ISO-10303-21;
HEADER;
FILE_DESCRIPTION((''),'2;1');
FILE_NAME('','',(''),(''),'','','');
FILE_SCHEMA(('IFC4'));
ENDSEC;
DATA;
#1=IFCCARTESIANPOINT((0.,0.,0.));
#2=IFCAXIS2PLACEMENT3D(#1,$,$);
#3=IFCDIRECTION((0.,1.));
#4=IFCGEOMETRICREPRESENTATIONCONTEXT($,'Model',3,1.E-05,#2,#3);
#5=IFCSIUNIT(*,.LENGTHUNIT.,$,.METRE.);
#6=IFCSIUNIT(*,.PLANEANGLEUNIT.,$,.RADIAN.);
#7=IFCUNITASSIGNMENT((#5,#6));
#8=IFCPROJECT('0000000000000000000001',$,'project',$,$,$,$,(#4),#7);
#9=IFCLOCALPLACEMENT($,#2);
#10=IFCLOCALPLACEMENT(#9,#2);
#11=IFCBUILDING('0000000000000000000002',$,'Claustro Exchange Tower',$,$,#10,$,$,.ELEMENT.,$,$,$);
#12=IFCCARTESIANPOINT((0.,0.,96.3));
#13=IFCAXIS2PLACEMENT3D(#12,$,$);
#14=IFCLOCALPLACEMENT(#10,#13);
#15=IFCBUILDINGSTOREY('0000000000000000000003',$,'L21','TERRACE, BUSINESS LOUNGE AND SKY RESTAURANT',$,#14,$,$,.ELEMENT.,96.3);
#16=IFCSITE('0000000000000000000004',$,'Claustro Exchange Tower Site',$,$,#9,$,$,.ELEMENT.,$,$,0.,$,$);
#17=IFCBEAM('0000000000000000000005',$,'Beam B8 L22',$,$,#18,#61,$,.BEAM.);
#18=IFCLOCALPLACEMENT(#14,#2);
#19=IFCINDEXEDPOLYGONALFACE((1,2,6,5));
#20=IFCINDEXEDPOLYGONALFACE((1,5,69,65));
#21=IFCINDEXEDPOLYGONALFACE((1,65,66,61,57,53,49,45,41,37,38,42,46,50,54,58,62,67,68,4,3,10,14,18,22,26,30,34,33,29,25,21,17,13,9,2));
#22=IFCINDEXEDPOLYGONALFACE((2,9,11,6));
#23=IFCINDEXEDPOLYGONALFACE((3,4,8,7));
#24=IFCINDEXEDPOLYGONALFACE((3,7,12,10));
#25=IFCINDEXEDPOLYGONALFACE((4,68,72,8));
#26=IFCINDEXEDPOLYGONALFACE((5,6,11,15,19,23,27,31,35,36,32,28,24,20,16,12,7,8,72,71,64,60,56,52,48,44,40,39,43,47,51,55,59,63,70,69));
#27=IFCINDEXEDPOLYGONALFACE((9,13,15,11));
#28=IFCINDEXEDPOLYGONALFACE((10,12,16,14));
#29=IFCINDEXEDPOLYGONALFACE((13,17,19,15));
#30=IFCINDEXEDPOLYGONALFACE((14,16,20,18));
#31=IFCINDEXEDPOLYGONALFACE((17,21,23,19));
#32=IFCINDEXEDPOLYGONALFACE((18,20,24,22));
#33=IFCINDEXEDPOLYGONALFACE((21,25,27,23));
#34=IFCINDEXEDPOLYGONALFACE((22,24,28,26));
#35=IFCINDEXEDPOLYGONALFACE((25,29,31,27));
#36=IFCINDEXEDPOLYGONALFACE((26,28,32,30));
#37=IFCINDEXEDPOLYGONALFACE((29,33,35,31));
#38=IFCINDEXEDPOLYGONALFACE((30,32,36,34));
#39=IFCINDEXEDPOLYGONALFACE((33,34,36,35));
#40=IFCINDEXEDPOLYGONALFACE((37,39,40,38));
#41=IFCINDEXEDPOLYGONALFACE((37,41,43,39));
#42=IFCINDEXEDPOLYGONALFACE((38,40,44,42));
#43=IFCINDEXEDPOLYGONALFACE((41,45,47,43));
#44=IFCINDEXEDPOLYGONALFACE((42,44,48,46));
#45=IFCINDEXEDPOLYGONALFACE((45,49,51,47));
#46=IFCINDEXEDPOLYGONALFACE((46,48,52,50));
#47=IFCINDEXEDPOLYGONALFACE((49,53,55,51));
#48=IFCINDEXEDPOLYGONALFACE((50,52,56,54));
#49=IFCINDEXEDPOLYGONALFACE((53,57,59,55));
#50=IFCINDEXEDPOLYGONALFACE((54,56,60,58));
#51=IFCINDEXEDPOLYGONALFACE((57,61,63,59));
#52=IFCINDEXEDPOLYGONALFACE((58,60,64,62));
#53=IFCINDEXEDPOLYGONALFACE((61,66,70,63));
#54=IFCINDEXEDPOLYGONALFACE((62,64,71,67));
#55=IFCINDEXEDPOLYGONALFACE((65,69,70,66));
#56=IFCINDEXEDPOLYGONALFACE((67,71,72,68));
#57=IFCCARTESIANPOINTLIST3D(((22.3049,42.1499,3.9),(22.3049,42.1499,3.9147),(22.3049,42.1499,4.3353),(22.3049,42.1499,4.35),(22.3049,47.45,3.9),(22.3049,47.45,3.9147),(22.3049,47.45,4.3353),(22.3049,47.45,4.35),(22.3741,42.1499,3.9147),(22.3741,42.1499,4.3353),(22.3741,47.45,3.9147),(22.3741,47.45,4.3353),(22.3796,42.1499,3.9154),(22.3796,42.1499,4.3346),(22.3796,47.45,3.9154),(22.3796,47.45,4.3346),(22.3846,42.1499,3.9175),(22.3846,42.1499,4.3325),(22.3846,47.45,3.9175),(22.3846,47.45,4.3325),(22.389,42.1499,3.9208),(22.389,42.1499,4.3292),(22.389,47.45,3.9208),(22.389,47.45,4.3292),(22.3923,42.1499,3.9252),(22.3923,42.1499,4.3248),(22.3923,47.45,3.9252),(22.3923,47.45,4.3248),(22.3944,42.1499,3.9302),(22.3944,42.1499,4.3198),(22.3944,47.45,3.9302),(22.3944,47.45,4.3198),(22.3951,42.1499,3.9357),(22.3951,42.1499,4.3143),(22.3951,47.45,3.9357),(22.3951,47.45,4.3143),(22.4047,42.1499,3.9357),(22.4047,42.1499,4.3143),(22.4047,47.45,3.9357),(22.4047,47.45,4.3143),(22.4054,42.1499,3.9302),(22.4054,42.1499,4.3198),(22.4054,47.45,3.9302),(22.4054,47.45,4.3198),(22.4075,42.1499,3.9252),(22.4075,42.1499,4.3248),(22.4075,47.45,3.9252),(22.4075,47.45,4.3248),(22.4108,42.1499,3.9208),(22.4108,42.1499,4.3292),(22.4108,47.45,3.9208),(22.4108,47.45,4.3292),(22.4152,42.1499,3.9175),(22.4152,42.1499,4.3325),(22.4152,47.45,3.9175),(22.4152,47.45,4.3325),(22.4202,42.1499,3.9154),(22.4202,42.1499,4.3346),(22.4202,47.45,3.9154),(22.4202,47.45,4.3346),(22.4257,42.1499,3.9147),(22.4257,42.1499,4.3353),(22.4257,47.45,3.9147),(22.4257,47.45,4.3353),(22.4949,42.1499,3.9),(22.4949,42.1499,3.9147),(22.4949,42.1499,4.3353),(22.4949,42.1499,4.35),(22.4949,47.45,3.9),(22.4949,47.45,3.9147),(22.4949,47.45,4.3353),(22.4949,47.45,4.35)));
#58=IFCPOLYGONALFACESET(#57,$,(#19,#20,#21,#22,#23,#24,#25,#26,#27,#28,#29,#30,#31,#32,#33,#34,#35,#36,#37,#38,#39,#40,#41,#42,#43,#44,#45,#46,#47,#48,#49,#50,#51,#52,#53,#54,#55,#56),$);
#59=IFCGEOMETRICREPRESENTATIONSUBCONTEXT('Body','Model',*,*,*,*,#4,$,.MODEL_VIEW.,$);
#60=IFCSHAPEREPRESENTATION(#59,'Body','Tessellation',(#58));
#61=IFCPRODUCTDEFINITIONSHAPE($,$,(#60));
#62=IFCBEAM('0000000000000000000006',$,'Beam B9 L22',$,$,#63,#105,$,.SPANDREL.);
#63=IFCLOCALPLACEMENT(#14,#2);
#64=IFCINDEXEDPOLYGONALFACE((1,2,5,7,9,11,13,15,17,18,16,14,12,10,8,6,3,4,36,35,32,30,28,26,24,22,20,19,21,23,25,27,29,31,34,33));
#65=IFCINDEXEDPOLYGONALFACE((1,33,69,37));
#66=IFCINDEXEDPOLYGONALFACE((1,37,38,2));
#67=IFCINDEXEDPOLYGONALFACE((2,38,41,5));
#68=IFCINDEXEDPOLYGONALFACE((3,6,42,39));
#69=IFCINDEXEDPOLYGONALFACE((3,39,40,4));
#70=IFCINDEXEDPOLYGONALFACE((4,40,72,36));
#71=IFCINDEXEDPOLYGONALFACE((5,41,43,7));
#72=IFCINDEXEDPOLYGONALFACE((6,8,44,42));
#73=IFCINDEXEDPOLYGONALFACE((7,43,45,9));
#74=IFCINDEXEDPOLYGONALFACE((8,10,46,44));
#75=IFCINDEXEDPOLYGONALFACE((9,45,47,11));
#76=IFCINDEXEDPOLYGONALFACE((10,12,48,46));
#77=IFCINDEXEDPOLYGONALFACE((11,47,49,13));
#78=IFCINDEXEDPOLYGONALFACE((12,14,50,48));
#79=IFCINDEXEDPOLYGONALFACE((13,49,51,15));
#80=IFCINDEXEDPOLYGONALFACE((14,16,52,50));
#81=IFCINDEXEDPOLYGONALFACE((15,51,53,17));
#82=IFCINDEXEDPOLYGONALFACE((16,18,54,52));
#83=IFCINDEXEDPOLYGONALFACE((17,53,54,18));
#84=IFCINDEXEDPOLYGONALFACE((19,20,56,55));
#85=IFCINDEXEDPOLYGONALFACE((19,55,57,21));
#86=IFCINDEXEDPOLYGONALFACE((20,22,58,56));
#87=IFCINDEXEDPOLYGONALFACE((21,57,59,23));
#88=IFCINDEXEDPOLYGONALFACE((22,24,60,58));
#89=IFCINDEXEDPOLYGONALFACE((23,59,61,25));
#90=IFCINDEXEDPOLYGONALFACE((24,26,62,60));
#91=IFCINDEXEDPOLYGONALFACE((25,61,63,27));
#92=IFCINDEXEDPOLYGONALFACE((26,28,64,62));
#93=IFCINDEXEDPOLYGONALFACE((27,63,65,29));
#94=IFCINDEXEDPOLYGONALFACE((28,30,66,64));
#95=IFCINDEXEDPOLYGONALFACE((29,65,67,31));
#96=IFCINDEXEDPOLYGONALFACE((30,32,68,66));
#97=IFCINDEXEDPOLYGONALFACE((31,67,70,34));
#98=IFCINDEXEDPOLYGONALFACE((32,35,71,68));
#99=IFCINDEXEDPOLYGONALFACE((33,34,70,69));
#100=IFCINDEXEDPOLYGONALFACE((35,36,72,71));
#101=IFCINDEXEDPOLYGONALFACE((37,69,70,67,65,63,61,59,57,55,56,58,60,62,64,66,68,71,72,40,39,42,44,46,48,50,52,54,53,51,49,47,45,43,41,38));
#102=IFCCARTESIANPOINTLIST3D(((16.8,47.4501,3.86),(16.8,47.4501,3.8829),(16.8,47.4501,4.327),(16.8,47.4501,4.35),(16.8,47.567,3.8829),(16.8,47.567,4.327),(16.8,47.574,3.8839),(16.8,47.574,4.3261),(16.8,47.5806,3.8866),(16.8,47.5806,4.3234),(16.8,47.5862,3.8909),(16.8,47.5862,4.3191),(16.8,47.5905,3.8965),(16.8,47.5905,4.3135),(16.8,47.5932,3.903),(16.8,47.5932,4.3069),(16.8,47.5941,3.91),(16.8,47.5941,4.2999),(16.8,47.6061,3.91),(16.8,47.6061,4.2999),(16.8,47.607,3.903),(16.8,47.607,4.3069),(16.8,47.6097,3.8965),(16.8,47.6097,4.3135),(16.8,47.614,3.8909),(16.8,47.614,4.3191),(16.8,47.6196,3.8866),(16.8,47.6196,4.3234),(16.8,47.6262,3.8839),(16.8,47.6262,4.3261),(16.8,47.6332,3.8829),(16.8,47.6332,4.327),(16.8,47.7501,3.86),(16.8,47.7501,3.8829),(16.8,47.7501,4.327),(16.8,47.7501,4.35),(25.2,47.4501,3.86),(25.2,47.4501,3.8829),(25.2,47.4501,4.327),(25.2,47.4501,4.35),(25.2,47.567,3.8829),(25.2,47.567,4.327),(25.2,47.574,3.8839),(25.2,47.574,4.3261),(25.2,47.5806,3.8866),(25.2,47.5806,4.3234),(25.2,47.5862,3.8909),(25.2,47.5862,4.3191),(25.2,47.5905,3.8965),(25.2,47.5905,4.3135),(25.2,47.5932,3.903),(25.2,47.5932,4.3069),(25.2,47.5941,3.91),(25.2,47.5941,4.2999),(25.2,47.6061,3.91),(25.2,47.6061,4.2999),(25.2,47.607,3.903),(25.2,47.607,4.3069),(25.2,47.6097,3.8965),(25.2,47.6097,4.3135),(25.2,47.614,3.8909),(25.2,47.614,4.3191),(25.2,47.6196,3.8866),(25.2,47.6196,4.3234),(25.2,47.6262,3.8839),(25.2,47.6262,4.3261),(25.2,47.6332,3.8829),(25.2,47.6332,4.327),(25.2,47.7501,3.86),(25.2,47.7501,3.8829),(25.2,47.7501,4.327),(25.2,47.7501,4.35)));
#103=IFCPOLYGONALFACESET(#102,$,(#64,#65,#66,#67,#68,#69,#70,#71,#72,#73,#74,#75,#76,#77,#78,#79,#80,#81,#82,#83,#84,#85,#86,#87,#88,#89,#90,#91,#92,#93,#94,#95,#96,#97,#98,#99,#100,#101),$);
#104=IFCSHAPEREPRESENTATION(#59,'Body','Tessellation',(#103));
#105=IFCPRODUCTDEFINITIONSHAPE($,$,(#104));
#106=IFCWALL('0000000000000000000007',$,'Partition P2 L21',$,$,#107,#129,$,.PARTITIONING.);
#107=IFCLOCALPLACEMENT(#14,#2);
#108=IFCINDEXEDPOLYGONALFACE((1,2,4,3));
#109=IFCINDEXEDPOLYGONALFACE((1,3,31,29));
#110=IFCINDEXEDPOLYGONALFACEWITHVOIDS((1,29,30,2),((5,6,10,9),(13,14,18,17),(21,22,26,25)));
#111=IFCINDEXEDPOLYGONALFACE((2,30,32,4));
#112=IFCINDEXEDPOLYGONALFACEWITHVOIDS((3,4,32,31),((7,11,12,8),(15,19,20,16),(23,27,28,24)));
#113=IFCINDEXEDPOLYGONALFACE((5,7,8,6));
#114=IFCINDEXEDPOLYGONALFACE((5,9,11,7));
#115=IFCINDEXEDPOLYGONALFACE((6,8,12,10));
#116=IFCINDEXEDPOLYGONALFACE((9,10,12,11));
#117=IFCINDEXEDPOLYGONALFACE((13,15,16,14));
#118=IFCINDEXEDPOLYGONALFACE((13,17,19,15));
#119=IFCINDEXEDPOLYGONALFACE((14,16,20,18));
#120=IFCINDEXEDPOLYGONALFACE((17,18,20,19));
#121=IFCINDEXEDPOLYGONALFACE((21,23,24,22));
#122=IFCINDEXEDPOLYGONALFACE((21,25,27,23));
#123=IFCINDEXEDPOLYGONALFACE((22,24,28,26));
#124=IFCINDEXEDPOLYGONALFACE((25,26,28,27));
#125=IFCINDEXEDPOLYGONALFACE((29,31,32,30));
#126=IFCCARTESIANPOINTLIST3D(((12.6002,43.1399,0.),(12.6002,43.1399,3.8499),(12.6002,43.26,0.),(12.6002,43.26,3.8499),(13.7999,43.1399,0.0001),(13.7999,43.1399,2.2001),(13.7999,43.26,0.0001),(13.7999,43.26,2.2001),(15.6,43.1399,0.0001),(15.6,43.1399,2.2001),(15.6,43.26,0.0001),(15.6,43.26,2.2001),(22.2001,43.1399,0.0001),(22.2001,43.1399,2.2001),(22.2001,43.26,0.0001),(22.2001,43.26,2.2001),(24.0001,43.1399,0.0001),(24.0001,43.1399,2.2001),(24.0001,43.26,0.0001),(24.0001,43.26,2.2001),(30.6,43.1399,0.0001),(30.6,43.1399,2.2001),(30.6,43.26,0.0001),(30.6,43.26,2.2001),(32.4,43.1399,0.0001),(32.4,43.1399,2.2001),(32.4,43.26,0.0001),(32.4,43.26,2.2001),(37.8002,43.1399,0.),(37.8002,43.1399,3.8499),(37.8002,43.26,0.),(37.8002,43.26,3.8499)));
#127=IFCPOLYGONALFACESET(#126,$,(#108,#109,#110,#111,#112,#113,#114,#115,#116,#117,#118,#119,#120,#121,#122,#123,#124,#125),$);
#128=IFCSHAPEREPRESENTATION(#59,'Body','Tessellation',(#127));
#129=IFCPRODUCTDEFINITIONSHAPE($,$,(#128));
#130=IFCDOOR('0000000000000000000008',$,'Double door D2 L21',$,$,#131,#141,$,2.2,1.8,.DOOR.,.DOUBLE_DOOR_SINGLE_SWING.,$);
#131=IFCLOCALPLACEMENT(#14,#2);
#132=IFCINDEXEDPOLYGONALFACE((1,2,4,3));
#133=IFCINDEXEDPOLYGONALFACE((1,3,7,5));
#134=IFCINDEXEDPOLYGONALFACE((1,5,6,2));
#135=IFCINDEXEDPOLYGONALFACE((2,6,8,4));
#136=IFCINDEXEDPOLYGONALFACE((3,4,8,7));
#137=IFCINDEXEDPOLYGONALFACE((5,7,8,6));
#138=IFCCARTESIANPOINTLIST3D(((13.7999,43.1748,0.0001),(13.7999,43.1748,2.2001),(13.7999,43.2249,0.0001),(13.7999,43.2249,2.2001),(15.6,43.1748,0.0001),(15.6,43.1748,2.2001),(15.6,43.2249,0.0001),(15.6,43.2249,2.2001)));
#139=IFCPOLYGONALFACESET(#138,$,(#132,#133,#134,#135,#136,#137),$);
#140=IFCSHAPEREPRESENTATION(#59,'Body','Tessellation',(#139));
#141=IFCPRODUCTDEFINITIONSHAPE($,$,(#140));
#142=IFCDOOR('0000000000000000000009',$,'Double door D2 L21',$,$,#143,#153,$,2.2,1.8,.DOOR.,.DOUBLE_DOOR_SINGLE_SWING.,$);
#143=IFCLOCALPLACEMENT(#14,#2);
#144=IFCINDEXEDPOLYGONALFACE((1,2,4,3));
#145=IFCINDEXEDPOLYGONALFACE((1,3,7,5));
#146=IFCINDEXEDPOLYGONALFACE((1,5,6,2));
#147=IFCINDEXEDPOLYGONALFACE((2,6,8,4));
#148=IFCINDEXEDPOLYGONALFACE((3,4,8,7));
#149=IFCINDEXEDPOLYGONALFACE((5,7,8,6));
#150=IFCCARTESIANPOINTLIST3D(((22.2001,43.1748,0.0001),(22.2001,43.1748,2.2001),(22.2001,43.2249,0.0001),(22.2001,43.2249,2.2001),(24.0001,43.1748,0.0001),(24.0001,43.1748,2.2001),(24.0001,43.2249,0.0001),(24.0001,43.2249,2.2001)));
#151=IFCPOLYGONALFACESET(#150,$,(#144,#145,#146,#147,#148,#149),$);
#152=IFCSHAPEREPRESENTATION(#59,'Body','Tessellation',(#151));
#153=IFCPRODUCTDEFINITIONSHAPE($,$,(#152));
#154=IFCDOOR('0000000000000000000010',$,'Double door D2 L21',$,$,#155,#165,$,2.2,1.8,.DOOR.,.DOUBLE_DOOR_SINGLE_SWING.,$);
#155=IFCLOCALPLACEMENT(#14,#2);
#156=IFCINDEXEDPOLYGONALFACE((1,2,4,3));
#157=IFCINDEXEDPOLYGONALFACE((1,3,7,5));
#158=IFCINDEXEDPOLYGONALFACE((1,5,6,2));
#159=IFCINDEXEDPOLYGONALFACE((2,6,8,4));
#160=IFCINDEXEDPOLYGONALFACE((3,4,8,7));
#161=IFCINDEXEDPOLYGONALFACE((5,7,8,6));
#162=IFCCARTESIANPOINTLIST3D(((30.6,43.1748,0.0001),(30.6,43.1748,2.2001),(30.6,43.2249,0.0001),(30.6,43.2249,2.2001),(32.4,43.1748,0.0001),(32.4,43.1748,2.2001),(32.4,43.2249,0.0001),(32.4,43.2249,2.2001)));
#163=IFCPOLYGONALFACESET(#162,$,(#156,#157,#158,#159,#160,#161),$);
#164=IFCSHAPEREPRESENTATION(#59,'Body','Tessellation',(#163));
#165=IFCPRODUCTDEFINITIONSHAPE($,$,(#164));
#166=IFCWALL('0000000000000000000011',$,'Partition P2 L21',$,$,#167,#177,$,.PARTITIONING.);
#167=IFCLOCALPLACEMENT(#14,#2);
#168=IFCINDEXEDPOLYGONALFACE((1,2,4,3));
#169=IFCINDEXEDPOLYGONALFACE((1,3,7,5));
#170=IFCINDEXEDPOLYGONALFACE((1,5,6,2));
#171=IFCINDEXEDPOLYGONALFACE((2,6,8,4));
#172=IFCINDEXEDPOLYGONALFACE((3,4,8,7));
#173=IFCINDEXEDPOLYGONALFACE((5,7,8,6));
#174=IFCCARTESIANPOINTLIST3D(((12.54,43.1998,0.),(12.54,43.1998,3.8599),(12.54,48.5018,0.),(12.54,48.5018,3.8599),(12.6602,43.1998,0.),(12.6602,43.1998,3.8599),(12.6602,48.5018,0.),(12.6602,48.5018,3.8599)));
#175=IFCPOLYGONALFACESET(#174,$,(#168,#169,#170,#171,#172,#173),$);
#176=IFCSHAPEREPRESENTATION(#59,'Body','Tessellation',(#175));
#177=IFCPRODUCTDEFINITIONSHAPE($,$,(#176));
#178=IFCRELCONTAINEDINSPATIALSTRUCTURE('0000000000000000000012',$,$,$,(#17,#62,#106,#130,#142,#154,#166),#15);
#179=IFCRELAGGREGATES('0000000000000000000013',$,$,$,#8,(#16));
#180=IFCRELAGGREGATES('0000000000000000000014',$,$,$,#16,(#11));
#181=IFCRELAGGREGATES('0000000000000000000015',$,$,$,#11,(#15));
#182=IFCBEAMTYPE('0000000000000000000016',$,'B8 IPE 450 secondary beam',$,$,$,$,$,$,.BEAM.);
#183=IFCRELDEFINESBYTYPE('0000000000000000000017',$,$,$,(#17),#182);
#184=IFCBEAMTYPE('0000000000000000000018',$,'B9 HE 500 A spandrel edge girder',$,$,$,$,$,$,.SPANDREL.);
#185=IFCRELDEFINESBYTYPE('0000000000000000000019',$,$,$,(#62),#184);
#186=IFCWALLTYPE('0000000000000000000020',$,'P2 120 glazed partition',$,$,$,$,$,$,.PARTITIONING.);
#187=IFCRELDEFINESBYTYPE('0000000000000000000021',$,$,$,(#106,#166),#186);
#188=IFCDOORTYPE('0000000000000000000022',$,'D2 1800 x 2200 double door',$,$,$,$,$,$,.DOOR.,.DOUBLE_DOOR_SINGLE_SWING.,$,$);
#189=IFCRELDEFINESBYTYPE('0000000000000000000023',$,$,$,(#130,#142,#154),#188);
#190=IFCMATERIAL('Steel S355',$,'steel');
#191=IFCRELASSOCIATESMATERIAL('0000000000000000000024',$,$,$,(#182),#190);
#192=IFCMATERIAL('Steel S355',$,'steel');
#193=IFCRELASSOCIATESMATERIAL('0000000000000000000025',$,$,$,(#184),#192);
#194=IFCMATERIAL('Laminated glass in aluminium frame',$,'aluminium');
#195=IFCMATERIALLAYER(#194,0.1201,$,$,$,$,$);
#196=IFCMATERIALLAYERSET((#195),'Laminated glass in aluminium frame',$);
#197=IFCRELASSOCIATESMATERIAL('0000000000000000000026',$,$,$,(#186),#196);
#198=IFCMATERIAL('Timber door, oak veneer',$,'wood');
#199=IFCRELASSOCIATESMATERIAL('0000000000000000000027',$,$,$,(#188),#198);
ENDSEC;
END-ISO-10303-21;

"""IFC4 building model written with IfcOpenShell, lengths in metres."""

from ifc_helpers import new_model, si_unit, direction, frame, frame_2d, origin, origin_2d, place, context, subcontext, project, spatial, rectangle, i_section, extrude, material, layer, layer_set, material_profile, profile_set, type_object, element, fill, save


model = new_model("IFC4")

# Units and contexts
model_context = context("Model", 3, precision=1e-05, world=origin(), true_north=direction((0.0, 1.0)))
body_context = subcontext(model_context, "Body", "Model", "MODEL_VIEW")
ifc_project = project(units=[si_unit("LENGTHUNIT", "METRE"), si_unit("PLANEANGLEUNIT", "RADIAN")], contexts=[model_context])

# Site, building, storey
site_placement = place(None, origin())
site = spatial("IfcSite", under=ifc_project, at=site_placement, Name="Claustro Exchange Tower Site", CompositionType="ELEMENT", RefElevation=0.0)
building_placement = place(site_placement, origin())
building = spatial("IfcBuilding", under=site, at=building_placement, Name="Claustro Exchange Tower", CompositionType="ELEMENT")
storey_placement = place(building_placement, frame((0.0, 0.0, 96.3)))
storey = spatial("IfcBuildingStorey", under=building, at=storey_placement, Name="L21", Description="TERRACE, BUSINESS LOUNGE AND SKY RESTAURANT", CompositionType="ELEMENT", Elevation=96.3)

# Beams
ifc_material_1 = material(Name="Steel S355", Category="steel")
ifc_material_profile_1 = material_profile(ifc_material_1, i_section(OverallWidth=0.1899, OverallDepth=0.45, WebThickness=0.0095, FlangeThickness=0.0146, FilletRadius=0.021, at=origin_2d()), Name="IPE 450")
ifc_profile_set_1 = profile_set([ifc_material_profile_1], Name="Steel S355")
beam_type_1 = type_object("IfcBeamType", Name="B8 IPE 450 secondary beam", PredefinedType="BEAM", material=ifc_profile_set_1)
for number, where, z_axis, x_axis, name in (
    (1, (22.3999, 42.1499, 4.125), (0.0, 1.0, 0.0), (-1.0, 0.0, 0.0), "Beam B8 L22"),
):
    element("IfcBeam", number, at=place(storey_placement, frame(where, z_axis=z_axis, x_axis=x_axis)), inside=storey, type_object=beam_type_1, Name=name, PredefinedType="BEAM", context=body_context, shape_type="SweptSolid", body=[
        extrude(i_section(OverallWidth=0.1899, OverallDepth=0.45, WebThickness=0.0095, FlangeThickness=0.0146, FilletRadius=0.021, at=origin_2d()), origin(), (0.0, 0.0, 1.0), 5.3),
    ])
ifc_material_2 = material(Name="Steel S355", Category="steel")
ifc_material_profile_2 = material_profile(ifc_material_2, i_section(OverallWidth=0.3, OverallDepth=0.49, WebThickness=0.012, FlangeThickness=0.0229, FilletRadius=0.0271, at=origin_2d()), Name="HE 500 A")
ifc_profile_set_2 = profile_set([ifc_material_profile_2], Name="Steel S355")
beam_type_2 = type_object("IfcBeamType", Name="B9 HE 500 A spandrel edge girder", PredefinedType="SPANDREL", material=ifc_profile_set_2)
beam_1_placement = place(storey_placement, frame((16.8, 47.6001, 4.105), z_axis=(1.0, 0.0, 0.0), x_axis=(0.0, 1.0, 0.0)))
element("IfcBeam", 2, at=beam_1_placement, inside=storey, type_object=beam_type_2, Name="Beam B9 L22", PredefinedType="SPANDREL", context=body_context, shape_type="SweptSolid", body=[
    extrude(i_section(OverallWidth=0.3, OverallDepth=0.49, WebThickness=0.012, FlangeThickness=0.0229, FilletRadius=0.0271, at=origin_2d()), origin(), (0.0, 0.0, 1.0), 8.3999),
])

# Wall, openings, doors
ifc_material_3 = material(Name="Laminated glass in aluminium frame", Category="aluminium")
ifc_layer_1 = layer(ifc_material_3, 0.1201)
ifc_layer_set_1 = layer_set([ifc_layer_1], Name="Laminated glass in aluminium frame")
wall_type_1 = type_object("IfcWallType", Name="P2 120 glazed partition", PredefinedType="PARTITIONING", material=ifc_layer_set_1)
wall_1_placement = place(storey_placement, frame((12.6001, 43.2, 0.0), z_axis=(0.0, 0.0, 1.0), x_axis=(1.0, 0.0, 0.0)))
wall_1 = element("IfcWall", 3, at=wall_1_placement, inside=storey, type_object=wall_type_1, Name="Partition P2 L21", PredefinedType="PARTITIONING", context=body_context, shape_type="SweptSolid", body=[
    extrude(rectangle(XDim=25.2, YDim=0.1201, at=frame_2d((12.6001, 0.0))), origin(), (0.0, 0.0, 1.0), 3.8499),
])
opening_1_placement = place(wall_1_placement, frame((1.2, 0.0, 0.0)))
opening_1 = element("IfcOpeningElement", 4, at=opening_1_placement, cuts=wall_1, PredefinedType="OPENING", context=body_context, shape_type="SweptSolid", body=[
    extrude(rectangle(XDim=1.8, YDim=2.2, at=frame_2d((0.8999, 1.1001))), frame((0.0, 0.0701, 0.0), z_axis=(0.0, -1.0, 0.0), x_axis=(1.0, 0.0, 0.0)), (0.0, 0.0, 1.0), 0.1401),
])
opening_2_placement = place(wall_1_placement, frame((9.6001, 0.0, 0.0)))
opening_2 = element("IfcOpeningElement", 5, at=opening_2_placement, cuts=wall_1, PredefinedType="OPENING", context=body_context, shape_type="SweptSolid", body=[
    extrude(rectangle(XDim=1.8, YDim=2.2, at=frame_2d((0.8999, 1.1001))), frame((0.0, 0.0701, 0.0), z_axis=(0.0, -1.0, 0.0), x_axis=(1.0, 0.0, 0.0)), (0.0, 0.0, 1.0), 0.1401),
])
opening_3_placement = place(wall_1_placement, frame((18.0, 0.0, 0.0)))
opening_3 = element("IfcOpeningElement", 6, at=opening_3_placement, cuts=wall_1, PredefinedType="OPENING", context=body_context, shape_type="SweptSolid", body=[
    extrude(rectangle(XDim=1.8, YDim=2.2, at=frame_2d((0.8999, 1.1001))), frame((0.0, 0.0701, 0.0), z_axis=(0.0, -1.0, 0.0), x_axis=(1.0, 0.0, 0.0)), (0.0, 0.0, 1.0), 0.1401),
])
ifc_material_4 = material(Name="Timber door, oak veneer", Category="wood")
door_type_1 = type_object("IfcDoorType", Name="D2 1800 x 2200 double door", OperationType="DOUBLE_DOOR_SINGLE_SWING", PredefinedType="DOOR", material=ifc_material_4)
door_1_placement = place(opening_1_placement, origin())
door_1 = element("IfcDoor", 7, at=door_1_placement, inside=storey, type_object=door_type_1, Name="Double door D2 L21", OperationType="DOUBLE_DOOR_SINGLE_SWING", OverallHeight=2.2, OverallWidth=1.8, PredefinedType="DOOR", context=body_context, shape_type="SweptSolid", body=[
    extrude(rectangle(XDim=1.8, YDim=2.2, at=frame_2d((0.8999, 1.1001))), frame((0.0, 0.0249, 0.0), z_axis=(0.0, -1.0, 0.0), x_axis=(1.0, 0.0, 0.0)), (0.0, 0.0, 1.0), 0.05),
])
fill(opening_1, door_1)
door_2_placement = place(opening_2_placement, origin())
door_2 = element("IfcDoor", 8, at=door_2_placement, inside=storey, type_object=door_type_1, Name="Double door D2 L21", OperationType="DOUBLE_DOOR_SINGLE_SWING", OverallHeight=2.2, OverallWidth=1.8, PredefinedType="DOOR", context=body_context, shape_type="SweptSolid", body=[
    extrude(rectangle(XDim=1.8, YDim=2.2, at=frame_2d((0.8999, 1.1001))), frame((0.0, 0.0249, 0.0), z_axis=(0.0, -1.0, 0.0), x_axis=(1.0, 0.0, 0.0)), (0.0, 0.0, 1.0), 0.05),
])
fill(opening_2, door_2)
door_3_placement = place(opening_3_placement, origin())
door_3 = element("IfcDoor", 9, at=door_3_placement, inside=storey, type_object=door_type_1, Name="Double door D2 L21", OperationType="DOUBLE_DOOR_SINGLE_SWING", OverallHeight=2.2, OverallWidth=1.8, PredefinedType="DOOR", context=body_context, shape_type="SweptSolid", body=[
    extrude(rectangle(XDim=1.8, YDim=2.2, at=frame_2d((0.8999, 1.1001))), frame((0.0, 0.0249, 0.0), z_axis=(0.0, -1.0, 0.0), x_axis=(1.0, 0.0, 0.0)), (0.0, 0.0, 1.0), 0.05),
])
fill(opening_3, door_3)

# Wall
wall_2_placement = place(storey_placement, frame((12.6001, 43.2, 0.0), z_axis=(0.0, 0.0, 1.0), x_axis=(0.0, 1.0, 0.0)))
element("IfcWall", 10, at=wall_2_placement, inside=storey, type_object=wall_type_1, Name="Partition P2 L21", PredefinedType="PARTITIONING", context=body_context, shape_type="SweptSolid", body=[
    extrude(rectangle(XDim=5.302, YDim=0.1201, at=frame_2d((2.6509, 0.0))), origin(), (0.0, 0.0, 1.0), 3.8599),
])

save(model, "model.ifc")
